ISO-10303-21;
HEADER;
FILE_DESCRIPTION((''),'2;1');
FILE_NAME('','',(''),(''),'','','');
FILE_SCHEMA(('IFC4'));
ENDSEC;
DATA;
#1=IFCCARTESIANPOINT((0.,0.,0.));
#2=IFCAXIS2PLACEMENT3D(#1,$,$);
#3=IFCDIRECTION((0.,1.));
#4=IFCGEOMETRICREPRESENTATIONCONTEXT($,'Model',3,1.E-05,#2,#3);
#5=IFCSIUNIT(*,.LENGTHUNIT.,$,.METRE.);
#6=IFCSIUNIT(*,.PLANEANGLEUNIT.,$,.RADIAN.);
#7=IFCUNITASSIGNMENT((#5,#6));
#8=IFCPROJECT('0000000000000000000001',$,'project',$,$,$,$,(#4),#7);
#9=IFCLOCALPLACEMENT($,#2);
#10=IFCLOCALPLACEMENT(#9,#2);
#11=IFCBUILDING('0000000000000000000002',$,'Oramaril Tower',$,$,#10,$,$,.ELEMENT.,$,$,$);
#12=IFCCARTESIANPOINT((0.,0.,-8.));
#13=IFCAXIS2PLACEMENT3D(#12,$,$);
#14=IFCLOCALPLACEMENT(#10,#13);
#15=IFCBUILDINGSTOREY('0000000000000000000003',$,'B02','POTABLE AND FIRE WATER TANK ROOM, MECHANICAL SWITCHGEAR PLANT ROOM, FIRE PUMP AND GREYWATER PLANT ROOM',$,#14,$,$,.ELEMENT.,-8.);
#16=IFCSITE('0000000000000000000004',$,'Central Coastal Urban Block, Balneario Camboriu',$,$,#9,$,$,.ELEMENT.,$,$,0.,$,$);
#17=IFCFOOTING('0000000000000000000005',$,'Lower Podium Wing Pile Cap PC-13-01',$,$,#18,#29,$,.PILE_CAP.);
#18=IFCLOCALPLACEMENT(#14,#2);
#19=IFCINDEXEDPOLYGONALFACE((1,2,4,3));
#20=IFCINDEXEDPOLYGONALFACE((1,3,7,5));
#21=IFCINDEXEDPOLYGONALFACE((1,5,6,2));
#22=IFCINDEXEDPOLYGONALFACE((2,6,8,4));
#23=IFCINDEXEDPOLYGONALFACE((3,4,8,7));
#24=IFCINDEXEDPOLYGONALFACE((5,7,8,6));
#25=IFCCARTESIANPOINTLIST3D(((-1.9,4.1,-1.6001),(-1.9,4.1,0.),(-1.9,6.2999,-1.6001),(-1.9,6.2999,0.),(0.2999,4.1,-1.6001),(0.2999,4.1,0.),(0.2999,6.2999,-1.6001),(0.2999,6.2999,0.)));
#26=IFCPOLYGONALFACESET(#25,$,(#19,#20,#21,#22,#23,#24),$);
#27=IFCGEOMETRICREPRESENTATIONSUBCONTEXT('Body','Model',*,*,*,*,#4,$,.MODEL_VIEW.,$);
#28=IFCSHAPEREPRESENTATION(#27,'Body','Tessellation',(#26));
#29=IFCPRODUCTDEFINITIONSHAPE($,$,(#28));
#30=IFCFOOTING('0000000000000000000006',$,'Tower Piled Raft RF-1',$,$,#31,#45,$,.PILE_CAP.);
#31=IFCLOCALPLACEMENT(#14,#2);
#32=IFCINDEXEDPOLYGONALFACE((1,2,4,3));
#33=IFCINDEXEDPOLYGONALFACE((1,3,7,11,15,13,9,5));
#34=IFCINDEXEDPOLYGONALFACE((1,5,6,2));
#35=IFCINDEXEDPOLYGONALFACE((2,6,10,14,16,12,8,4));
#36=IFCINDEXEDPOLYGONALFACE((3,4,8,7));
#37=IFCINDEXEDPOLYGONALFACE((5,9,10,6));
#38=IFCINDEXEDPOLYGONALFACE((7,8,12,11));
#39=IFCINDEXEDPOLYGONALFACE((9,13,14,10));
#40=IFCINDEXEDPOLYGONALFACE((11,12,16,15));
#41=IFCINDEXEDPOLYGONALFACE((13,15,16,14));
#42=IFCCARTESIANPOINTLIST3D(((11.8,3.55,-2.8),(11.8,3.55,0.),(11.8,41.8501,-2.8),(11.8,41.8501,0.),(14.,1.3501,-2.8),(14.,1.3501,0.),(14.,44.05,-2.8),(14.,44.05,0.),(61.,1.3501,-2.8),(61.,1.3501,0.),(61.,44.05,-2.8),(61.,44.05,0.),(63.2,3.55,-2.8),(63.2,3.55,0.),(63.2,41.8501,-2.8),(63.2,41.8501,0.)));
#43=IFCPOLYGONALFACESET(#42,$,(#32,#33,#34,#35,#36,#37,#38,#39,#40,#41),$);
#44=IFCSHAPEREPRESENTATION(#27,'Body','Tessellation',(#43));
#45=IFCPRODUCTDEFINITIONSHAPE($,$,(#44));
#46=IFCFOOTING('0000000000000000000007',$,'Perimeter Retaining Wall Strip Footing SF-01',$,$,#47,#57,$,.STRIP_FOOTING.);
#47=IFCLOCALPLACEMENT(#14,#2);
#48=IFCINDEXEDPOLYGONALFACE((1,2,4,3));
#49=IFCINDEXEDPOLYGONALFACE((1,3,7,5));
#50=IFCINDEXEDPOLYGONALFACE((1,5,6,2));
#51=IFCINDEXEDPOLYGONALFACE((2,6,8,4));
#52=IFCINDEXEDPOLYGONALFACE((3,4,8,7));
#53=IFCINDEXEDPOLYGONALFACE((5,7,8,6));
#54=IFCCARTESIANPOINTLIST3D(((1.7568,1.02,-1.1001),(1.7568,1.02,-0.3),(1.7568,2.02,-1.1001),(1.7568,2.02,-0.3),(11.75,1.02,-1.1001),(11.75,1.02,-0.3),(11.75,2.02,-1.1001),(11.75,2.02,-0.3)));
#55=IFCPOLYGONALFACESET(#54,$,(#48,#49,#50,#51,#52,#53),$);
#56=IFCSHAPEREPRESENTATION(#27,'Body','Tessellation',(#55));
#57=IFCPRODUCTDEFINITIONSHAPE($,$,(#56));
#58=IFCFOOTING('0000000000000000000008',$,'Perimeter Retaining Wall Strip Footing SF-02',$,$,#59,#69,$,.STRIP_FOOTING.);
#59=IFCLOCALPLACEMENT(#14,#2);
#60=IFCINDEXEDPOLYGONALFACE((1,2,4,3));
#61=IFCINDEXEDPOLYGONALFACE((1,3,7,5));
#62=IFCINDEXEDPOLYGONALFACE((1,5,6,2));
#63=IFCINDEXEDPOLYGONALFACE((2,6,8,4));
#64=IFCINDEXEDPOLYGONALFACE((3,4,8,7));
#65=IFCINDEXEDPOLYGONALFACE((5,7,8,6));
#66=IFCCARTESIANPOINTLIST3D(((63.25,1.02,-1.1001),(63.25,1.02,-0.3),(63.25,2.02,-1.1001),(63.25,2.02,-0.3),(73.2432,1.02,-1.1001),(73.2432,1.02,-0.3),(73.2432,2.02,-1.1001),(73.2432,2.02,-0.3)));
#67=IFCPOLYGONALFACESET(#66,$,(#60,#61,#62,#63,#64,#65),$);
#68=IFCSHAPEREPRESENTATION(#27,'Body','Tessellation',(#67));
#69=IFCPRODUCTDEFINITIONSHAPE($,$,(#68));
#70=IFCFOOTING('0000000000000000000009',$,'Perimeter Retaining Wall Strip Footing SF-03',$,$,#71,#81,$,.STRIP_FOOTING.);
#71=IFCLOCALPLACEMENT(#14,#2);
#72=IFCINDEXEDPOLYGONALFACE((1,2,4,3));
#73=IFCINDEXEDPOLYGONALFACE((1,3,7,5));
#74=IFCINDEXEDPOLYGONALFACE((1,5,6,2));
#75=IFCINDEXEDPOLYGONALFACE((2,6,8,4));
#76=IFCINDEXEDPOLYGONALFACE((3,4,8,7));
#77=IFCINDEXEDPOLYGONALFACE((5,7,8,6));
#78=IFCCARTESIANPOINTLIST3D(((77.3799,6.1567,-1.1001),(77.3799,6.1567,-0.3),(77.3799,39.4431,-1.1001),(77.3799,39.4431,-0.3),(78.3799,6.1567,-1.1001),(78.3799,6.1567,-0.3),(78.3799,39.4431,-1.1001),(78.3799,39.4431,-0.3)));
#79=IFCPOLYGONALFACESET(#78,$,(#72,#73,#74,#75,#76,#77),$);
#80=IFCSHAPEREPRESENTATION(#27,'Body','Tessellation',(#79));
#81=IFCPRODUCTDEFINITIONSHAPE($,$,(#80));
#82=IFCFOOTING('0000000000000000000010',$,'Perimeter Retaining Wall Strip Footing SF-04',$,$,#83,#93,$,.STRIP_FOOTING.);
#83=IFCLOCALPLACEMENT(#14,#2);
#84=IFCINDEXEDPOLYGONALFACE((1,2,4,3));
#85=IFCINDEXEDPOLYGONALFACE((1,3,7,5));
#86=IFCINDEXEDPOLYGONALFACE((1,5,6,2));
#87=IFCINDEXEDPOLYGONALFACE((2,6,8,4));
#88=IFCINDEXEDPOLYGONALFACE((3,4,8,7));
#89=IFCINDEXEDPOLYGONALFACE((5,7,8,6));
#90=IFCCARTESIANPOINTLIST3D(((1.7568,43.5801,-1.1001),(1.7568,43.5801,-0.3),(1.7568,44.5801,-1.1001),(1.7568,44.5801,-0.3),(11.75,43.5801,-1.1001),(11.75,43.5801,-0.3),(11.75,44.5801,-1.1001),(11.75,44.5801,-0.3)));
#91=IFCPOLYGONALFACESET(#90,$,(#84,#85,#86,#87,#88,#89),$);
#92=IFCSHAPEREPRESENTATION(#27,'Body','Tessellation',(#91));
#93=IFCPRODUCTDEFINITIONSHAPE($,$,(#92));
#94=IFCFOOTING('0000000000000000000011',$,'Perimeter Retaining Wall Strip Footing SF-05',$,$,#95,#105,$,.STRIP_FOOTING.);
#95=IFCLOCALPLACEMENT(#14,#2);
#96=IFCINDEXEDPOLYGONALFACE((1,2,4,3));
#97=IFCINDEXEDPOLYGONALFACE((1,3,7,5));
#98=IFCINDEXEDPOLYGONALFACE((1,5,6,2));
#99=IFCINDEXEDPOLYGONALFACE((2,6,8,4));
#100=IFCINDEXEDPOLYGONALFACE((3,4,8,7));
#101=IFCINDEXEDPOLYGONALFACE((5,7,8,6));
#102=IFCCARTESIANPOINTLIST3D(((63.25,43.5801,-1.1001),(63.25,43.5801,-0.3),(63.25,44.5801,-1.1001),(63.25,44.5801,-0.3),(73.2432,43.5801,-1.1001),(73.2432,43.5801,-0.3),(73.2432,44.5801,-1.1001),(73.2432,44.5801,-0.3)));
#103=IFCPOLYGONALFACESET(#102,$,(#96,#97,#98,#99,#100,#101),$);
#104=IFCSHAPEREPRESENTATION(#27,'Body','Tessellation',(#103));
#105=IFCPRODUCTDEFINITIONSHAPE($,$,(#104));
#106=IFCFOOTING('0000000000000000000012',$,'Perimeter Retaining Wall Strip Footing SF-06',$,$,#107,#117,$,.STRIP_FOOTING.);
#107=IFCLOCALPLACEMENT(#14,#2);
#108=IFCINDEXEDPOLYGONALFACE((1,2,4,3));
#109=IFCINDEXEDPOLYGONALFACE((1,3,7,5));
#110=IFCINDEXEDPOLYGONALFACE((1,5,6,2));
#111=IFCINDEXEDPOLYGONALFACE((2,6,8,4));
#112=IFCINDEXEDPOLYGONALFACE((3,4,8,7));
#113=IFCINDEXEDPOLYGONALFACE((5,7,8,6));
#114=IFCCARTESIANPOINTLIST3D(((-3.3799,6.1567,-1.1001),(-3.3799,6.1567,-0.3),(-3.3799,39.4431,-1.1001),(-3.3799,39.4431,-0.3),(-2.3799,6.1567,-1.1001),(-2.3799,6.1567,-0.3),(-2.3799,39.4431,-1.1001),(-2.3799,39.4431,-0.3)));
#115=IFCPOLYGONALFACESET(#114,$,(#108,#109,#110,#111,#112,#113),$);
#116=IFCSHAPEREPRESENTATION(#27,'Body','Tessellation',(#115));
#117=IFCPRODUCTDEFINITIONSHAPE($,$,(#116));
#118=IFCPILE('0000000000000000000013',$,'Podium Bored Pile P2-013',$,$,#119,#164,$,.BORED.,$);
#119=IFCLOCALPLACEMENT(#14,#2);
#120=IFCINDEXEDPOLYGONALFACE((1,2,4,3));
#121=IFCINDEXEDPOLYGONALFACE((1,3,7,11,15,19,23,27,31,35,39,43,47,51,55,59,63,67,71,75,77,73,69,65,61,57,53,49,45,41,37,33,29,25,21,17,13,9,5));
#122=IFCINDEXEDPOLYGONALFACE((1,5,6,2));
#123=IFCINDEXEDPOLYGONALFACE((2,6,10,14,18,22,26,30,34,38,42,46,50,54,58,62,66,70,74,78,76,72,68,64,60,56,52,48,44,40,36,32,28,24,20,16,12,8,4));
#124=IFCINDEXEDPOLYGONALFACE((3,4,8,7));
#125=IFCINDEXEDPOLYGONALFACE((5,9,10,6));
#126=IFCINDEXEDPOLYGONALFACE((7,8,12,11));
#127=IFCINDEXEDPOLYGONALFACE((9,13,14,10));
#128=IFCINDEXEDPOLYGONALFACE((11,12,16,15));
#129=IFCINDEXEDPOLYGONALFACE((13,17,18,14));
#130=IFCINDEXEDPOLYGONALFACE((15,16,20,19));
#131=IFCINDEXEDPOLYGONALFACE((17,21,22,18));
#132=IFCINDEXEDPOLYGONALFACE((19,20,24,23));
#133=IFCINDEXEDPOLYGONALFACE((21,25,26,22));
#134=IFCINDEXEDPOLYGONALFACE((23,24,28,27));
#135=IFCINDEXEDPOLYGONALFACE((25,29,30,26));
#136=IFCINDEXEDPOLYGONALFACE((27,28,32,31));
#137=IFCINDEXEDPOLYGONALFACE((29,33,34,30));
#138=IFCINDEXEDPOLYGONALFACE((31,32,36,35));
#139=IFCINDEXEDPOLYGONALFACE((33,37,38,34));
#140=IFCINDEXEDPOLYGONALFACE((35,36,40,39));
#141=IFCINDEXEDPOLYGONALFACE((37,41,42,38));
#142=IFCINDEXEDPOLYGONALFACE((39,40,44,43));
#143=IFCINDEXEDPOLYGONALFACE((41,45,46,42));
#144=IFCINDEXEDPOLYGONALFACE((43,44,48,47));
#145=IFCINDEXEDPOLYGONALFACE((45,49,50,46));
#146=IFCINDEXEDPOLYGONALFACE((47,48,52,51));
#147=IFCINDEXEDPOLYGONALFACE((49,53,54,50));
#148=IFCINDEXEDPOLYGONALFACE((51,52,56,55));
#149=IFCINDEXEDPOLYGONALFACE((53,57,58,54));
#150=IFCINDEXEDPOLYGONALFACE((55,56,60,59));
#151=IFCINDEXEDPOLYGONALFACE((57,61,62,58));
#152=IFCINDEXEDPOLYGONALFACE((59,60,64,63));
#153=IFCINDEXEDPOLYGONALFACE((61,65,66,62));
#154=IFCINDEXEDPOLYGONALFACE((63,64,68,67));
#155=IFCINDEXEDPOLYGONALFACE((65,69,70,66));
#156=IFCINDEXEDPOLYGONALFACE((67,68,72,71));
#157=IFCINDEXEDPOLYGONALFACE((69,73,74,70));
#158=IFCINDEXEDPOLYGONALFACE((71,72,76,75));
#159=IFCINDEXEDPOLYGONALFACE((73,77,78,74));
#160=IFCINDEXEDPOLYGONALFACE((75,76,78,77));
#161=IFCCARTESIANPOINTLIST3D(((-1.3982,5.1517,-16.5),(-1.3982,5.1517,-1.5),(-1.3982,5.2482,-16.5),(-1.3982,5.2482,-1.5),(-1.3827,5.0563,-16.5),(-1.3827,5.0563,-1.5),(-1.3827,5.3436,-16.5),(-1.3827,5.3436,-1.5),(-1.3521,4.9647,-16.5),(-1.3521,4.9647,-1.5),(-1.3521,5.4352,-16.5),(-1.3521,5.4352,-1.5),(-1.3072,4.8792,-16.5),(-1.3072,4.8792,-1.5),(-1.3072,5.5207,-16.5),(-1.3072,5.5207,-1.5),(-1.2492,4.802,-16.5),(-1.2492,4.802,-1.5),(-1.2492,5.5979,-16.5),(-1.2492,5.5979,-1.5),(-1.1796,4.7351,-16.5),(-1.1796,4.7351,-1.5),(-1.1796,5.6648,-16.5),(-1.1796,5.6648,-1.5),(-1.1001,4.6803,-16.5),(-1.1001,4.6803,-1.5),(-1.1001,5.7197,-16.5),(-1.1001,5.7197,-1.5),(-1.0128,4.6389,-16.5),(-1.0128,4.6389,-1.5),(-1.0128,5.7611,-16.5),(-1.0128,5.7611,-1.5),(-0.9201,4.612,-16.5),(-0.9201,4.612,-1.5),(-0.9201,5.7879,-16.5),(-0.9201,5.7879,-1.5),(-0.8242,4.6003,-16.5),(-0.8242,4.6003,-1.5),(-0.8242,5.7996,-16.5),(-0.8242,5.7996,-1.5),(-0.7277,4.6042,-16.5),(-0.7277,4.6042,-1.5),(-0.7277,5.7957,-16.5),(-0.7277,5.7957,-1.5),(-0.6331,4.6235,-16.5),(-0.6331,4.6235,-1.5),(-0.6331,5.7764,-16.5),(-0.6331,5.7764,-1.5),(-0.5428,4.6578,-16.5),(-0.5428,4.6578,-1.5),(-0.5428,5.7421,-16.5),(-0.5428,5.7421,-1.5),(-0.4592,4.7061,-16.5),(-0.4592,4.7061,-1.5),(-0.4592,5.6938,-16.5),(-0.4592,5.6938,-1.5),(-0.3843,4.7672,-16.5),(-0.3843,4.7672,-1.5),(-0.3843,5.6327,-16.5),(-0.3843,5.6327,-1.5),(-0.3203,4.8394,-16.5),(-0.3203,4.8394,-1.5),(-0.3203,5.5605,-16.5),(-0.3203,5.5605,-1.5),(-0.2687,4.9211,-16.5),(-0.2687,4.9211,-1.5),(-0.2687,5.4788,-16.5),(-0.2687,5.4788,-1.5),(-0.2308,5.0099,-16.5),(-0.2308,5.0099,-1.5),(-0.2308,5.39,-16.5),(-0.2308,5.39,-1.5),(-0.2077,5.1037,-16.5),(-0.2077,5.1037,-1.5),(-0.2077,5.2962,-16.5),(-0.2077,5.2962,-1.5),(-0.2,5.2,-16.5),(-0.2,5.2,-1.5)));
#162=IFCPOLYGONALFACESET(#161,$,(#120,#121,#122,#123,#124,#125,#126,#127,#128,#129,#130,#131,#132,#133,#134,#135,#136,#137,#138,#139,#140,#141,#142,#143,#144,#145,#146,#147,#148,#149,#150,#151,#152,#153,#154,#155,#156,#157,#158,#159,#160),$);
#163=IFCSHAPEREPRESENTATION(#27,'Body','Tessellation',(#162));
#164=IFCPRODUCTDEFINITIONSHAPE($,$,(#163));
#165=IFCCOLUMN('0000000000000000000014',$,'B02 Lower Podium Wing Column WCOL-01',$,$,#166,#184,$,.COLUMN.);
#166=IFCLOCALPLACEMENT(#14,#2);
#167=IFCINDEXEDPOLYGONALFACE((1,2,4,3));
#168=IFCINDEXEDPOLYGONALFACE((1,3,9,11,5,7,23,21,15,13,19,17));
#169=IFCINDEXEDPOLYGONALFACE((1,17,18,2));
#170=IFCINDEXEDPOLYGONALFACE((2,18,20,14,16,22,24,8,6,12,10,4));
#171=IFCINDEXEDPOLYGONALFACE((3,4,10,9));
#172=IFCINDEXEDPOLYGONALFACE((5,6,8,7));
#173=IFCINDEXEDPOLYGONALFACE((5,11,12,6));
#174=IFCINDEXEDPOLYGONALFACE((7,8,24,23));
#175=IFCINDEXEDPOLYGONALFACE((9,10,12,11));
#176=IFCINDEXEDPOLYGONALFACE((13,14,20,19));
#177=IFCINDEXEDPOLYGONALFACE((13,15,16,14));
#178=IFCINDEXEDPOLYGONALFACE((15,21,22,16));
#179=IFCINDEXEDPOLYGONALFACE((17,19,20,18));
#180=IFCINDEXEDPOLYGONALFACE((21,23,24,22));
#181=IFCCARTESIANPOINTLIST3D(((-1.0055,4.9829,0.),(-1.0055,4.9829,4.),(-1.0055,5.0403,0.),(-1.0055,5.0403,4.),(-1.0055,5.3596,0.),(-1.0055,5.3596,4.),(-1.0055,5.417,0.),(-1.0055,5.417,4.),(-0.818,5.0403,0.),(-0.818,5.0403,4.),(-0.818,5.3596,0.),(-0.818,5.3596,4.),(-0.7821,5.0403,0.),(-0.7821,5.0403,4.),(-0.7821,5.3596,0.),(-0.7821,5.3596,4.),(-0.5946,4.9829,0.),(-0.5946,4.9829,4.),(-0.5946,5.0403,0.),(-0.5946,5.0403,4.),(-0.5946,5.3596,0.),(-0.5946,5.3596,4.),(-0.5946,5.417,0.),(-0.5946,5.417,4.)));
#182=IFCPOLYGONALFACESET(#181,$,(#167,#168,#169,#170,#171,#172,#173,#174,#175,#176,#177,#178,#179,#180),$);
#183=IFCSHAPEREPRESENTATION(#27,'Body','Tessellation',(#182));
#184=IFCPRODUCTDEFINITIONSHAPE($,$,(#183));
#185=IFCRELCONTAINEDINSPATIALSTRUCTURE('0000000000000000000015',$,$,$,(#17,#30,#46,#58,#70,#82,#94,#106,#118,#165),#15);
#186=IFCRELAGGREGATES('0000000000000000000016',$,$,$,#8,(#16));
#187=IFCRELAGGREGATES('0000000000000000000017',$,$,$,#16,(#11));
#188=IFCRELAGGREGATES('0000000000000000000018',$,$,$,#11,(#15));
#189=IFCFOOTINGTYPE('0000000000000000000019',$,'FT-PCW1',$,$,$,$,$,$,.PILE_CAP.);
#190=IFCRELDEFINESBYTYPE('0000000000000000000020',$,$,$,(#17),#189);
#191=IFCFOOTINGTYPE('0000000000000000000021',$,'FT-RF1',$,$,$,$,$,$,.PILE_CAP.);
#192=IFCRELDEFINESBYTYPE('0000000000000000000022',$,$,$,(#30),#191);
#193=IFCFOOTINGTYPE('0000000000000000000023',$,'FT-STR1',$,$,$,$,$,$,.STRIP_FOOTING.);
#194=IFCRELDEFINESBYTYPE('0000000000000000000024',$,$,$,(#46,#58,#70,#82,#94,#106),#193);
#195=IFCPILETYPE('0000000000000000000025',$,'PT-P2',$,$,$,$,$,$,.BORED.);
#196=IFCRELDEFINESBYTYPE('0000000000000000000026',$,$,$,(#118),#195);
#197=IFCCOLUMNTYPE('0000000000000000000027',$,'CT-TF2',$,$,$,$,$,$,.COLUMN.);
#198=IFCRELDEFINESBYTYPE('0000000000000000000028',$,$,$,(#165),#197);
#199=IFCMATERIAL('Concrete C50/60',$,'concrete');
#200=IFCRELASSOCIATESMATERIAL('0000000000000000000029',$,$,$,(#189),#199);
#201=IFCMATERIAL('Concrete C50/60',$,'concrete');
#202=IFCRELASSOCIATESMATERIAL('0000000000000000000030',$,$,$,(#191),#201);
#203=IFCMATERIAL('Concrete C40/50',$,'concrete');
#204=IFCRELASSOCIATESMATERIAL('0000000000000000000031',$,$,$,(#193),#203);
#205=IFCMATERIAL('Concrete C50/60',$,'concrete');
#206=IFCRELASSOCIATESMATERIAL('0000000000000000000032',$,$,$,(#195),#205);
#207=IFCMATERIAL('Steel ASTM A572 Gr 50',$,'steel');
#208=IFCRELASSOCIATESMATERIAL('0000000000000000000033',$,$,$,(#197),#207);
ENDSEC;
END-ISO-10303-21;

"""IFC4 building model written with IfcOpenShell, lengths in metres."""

from ifc_helpers import new_model, si_unit, direction, frame, origin, origin_2d, place, context, subcontext, project, spatial, polyline, rectangle, circle, i_section, outline, extrude, material, material_profile, profile_set, type_object, element, save


model = new_model("IFC4")

# Units and contexts
model_context = context("Model", 3, precision=1e-05, world=origin(), true_north=direction((0.0, 1.0)))
body_context = subcontext(model_context, "Body", "Model", "MODEL_VIEW")
ifc_project = project(units=[si_unit("LENGTHUNIT", "METRE"), si_unit("PLANEANGLEUNIT", "RADIAN")], contexts=[model_context])

# Site, building, storey
site_placement = place(None, origin())
site = spatial("IfcSite", under=ifc_project, at=site_placement, Name="Central Coastal Urban Block, Balneario Camboriu", CompositionType="ELEMENT", RefElevation=0.0)
building_placement = place(site_placement, origin())
building = spatial("IfcBuilding", under=site, at=building_placement, Name="Oramaril Tower", CompositionType="ELEMENT")
storey_placement = place(building_placement, frame((0.0, 0.0, -8.0)))
storey = spatial("IfcBuildingStorey", under=building, at=storey_placement, Name="B02", Description="POTABLE AND FIRE WATER TANK ROOM, MECHANICAL SWITCHGEAR PLANT ROOM, FIRE PUMP AND GREYWATER PLANT ROOM", CompositionType="ELEMENT", Elevation=-8.0)

# Footings
ifc_material_1 = material(Name="Concrete C50/60", Category="concrete")
footing_type_1 = type_object("IfcFootingType", Name="FT-PCW1", PredefinedType="PILE_CAP", material=ifc_material_1)
footing_1_placement = place(storey_placement, frame((-0.8, 5.2, -1.6001), z_axis=(0.0, 0.0, 1.0), x_axis=(1.0, 0.0, 0.0)))
element("IfcFooting", 1, at=footing_1_placement, inside=storey, type_object=footing_type_1, Name="Lower Podium Wing Pile Cap PC-13-01", PredefinedType="PILE_CAP", context=body_context, shape_type="SweptSolid", body=[
    extrude(rectangle(XDim=2.2, YDim=2.2, at=origin_2d()), origin(), (0.0, 0.0, 1.0), 1.6001),
])
ifc_material_2 = material(Name="Concrete C50/60", Category="concrete")
footing_type_2 = type_object("IfcFootingType", Name="FT-RF1", PredefinedType="PILE_CAP", material=ifc_material_2)
footing_2_placement = place(storey_placement, frame((0.0, 0.0, -2.8)))
element("IfcFooting", 2, at=footing_2_placement, inside=storey, type_object=footing_type_2, Name="Tower Piled Raft RF-1", PredefinedType="PILE_CAP", context=body_context, shape_type="SweptSolid", body=[
    extrude(outline(polyline([(14.0, 1.3501), (61.0, 1.3501), (63.2, 3.55), (63.2, 41.8501), (61.0, 44.05), (14.0, 44.05), (11.8, 41.8501), (11.8, 3.55), (14.0, 1.3501)])), origin(), (0.0, 0.0, 1.0), 2.8),
])
ifc_material_3 = material(Name="Concrete C40/50", Category="concrete")
footing_type_3 = type_object("IfcFootingType", Name="FT-STR1", PredefinedType="STRIP_FOOTING", material=ifc_material_3)
footing_3_placement = place(storey_placement, frame((0.0, 0.0, -1.1001)))
element("IfcFooting", 3, at=footing_3_placement, inside=storey, type_object=footing_type_3, Name="Perimeter Retaining Wall Strip Footing SF-01", PredefinedType="STRIP_FOOTING", context=body_context, shape_type="SweptSolid", body=[
    extrude(outline(polyline([(1.7568, 1.02), (11.75, 1.02), (11.75, 2.02), (1.7568, 2.02), (1.7568, 1.02)])), origin(), (0.0, 0.0, 1.0), 0.8),
])
footing_4_placement = place(storey_placement, frame((0.0, 0.0, -1.1001)))
element("IfcFooting", 4, at=footing_4_placement, inside=storey, type_object=footing_type_3, Name="Perimeter Retaining Wall Strip Footing SF-02", PredefinedType="STRIP_FOOTING", context=body_context, shape_type="SweptSolid", body=[
    extrude(outline(polyline([(63.25, 1.02), (73.2432, 1.02), (73.2432, 2.02), (63.25, 2.02), (63.25, 1.02)])), origin(), (0.0, 0.0, 1.0), 0.8),
])
footing_5_placement = place(storey_placement, frame((0.0, 0.0, -1.1001)))
element("IfcFooting", 5, at=footing_5_placement, inside=storey, type_object=footing_type_3, Name="Perimeter Retaining Wall Strip Footing SF-03", PredefinedType="STRIP_FOOTING", context=body_context, shape_type="SweptSolid", body=[
    extrude(outline(polyline([(77.3799, 6.1567), (78.3799, 6.1567), (78.3799, 39.4431), (77.3799, 39.4431), (77.3799, 6.1567)])), origin(), (0.0, 0.0, 1.0), 0.8),
])
footing_6_placement = place(storey_placement, frame((0.0, 0.0, -1.1001)))
element("IfcFooting", 6, at=footing_6_placement, inside=storey, type_object=footing_type_3, Name="Perimeter Retaining Wall Strip Footing SF-04", PredefinedType="STRIP_FOOTING", context=body_context, shape_type="SweptSolid", body=[
    extrude(outline(polyline([(1.7568, 43.5801), (11.75, 43.5801), (11.75, 44.5801), (1.7568, 44.5801), (1.7568, 43.5801)])), origin(), (0.0, 0.0, 1.0), 0.8),
])
footing_7_placement = place(storey_placement, frame((0.0, 0.0, -1.1001)))
element("IfcFooting", 7, at=footing_7_placement, inside=storey, type_object=footing_type_3, Name="Perimeter Retaining Wall Strip Footing SF-05", PredefinedType="STRIP_FOOTING", context=body_context, shape_type="SweptSolid", body=[
    extrude(outline(polyline([(63.25, 43.5801), (73.2432, 43.5801), (73.2432, 44.5801), (63.25, 44.5801), (63.25, 43.5801)])), origin(), (0.0, 0.0, 1.0), 0.8),
])
footing_8_placement = place(storey_placement, frame((0.0, 0.0, -1.1001)))
element("IfcFooting", 8, at=footing_8_placement, inside=storey, type_object=footing_type_3, Name="Perimeter Retaining Wall Strip Footing SF-06", PredefinedType="STRIP_FOOTING", context=body_context, shape_type="SweptSolid", body=[
    extrude(outline(polyline([(-3.3799, 6.1567), (-2.3799, 6.1567), (-2.3799, 39.4431), (-3.3799, 39.4431), (-3.3799, 6.1567)])), origin(), (0.0, 0.0, 1.0), 0.8),
])

# Pile
ifc_material_4 = material(Name="Concrete C50/60", Category="concrete")
ifc_material_profile_1 = material_profile(ifc_material_4, circle(Radius=0.6001, at=origin_2d()), Name="D1200")
ifc_profile_set_1 = profile_set([ifc_material_profile_1], Name="Concrete C50/60")
pile_type = type_object("IfcPileType", Name="PT-P2", PredefinedType="BORED", material=ifc_profile_set_1)
pile_placement = place(storey_placement, frame((-0.8, 5.2, -1.5), z_axis=(0.0, 0.0, -1.0), x_axis=(1.0, 0.0, 0.0)))
element("IfcPile", 9, at=pile_placement, inside=storey, type_object=pile_type, Name="Podium Bored Pile P2-013", PredefinedType="BORED", context=body_context, shape_type="SweptSolid", body=[
    extrude(circle(Radius=0.6001, at=origin_2d()), origin(), (0.0, 0.0, 1.0), 15.0),
])

# Column
ifc_material_5 = material(Name="Steel ASTM A572 Gr 50", Category="steel")
ifc_material_profile_2 = material_profile(ifc_material_5, i_section(OverallWidth=0.4109, OverallDepth=0.4341, WebThickness=0.0359, FlangeThickness=0.0574, at=origin_2d()), Name="W14X311")
ifc_profile_set_2 = profile_set([ifc_material_profile_2], Name="Steel ASTM A572 Gr 50")
column_type = type_object("IfcColumnType", Name="CT-TF2", PredefinedType="COLUMN", material=ifc_profile_set_2)
column_placement = place(storey_placement, frame((-0.8, 5.2, 0.0), z_axis=(0.0, 0.0, 1.0), x_axis=(1.0, 0.0, 0.0)))
element("IfcColumn", 10, at=column_placement, inside=storey, type_object=column_type, Name="B02 Lower Podium Wing Column WCOL-01", PredefinedType="COLUMN", context=body_context, shape_type="SweptSolid", body=[
    extrude(i_section(OverallWidth=0.4109, OverallDepth=0.4341, WebThickness=0.0359, FlangeThickness=0.0574, at=origin_2d()), origin(), (0.0, 0.0, 1.0), 4.0),
])

save(model, "model.ifc")
